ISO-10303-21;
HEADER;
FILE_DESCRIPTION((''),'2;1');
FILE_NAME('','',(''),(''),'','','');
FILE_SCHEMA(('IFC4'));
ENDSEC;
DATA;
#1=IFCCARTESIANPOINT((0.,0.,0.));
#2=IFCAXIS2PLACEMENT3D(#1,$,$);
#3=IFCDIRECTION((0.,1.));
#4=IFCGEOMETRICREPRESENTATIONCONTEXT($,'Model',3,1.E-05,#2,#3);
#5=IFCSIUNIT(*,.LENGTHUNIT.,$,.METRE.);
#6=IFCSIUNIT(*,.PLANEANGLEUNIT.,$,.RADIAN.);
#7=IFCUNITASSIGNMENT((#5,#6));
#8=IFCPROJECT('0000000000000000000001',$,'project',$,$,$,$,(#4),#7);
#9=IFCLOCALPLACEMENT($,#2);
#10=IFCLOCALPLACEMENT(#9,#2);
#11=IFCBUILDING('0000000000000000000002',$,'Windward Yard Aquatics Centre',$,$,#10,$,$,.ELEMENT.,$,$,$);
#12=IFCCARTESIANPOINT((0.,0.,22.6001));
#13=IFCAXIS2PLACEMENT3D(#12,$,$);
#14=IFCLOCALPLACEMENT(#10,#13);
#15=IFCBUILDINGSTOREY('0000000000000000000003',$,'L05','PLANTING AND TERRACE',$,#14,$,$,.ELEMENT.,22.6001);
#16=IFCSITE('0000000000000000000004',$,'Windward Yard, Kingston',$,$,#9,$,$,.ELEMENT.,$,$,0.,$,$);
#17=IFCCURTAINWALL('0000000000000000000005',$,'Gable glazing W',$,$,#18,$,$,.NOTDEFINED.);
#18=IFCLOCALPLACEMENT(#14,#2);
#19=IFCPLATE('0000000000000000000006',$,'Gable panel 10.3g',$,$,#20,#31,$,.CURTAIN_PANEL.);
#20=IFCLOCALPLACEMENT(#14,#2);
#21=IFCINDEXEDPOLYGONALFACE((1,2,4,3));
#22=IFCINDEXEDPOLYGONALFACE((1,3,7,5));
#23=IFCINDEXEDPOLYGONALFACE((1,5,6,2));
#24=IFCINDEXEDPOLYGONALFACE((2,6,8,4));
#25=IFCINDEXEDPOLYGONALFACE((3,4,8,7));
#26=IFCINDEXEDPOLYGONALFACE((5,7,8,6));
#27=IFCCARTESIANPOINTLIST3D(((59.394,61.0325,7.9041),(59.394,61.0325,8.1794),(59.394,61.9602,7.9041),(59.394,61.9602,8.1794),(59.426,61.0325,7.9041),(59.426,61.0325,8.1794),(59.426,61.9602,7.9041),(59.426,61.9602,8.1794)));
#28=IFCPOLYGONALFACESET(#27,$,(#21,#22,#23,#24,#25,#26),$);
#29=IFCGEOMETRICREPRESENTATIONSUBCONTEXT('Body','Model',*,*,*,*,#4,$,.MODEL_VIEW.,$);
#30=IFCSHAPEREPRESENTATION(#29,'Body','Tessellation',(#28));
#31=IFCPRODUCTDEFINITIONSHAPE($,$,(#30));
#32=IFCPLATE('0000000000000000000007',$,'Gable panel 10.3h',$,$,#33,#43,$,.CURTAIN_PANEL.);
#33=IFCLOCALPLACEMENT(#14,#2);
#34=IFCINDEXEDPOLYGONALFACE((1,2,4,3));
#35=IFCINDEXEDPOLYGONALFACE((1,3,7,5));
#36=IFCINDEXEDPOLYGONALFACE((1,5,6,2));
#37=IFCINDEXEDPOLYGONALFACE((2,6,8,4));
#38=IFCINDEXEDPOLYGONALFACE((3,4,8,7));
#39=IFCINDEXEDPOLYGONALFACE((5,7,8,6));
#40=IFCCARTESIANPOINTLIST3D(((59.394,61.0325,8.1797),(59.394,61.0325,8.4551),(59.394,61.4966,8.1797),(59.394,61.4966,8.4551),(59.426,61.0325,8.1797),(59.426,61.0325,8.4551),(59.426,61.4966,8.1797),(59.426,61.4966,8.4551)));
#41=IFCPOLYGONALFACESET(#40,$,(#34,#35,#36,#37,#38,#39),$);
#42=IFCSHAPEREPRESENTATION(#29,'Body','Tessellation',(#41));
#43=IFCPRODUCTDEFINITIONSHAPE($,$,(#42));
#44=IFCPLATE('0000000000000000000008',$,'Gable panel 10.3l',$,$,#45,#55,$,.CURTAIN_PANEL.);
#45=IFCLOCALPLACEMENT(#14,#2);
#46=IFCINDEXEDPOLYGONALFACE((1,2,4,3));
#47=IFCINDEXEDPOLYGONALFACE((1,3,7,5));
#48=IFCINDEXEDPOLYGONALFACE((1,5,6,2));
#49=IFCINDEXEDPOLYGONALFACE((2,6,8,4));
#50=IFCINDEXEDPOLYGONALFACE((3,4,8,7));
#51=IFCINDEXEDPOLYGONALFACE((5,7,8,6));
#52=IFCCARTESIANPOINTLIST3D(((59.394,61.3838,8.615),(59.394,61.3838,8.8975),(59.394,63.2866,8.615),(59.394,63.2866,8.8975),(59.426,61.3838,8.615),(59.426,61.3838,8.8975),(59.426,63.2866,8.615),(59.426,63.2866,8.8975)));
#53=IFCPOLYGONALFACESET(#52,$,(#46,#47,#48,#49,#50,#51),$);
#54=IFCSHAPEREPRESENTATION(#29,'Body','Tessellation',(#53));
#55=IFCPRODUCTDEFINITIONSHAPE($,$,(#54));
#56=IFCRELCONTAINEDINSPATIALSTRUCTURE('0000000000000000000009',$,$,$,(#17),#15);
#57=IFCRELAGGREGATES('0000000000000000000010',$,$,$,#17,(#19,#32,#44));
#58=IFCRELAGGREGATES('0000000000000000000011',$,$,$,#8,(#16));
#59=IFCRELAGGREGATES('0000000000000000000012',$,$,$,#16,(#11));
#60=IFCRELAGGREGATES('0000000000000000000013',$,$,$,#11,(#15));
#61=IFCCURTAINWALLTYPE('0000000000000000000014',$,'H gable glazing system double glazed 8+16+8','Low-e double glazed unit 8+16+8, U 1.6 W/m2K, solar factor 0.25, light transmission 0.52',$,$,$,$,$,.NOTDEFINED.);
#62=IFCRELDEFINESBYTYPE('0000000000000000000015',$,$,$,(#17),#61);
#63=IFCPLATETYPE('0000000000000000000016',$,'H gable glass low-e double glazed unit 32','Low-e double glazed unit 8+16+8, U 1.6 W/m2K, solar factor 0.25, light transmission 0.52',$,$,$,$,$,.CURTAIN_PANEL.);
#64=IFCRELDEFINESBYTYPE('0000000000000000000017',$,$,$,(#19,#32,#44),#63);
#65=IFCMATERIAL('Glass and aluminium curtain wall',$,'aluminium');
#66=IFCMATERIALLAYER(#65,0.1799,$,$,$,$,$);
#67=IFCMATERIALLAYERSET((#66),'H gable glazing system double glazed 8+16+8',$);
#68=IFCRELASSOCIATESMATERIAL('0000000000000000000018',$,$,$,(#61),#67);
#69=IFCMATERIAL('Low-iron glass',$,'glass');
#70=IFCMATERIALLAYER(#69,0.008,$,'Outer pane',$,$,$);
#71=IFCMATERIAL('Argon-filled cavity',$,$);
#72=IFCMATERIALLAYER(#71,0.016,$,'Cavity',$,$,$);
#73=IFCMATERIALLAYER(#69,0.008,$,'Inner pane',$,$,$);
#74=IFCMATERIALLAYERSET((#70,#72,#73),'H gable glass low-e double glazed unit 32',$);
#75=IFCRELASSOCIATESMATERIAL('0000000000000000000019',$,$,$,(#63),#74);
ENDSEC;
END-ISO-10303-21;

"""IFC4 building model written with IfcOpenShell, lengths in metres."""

from ifc_helpers import new_model, si_unit, direction, frame, origin, place, context, subcontext, project, spatial, polyline, outline, extrude, material, layer, layer_set, type_object, element, aggregate, save


model = new_model("IFC4")

# Units and contexts
model_context = context("Model", 3, precision=1e-05, world=origin(), true_north=direction((0.0, 1.0)))
body_context = subcontext(model_context, "Body", "Model", "MODEL_VIEW")
ifc_project = project(units=[si_unit("LENGTHUNIT", "METRE"), si_unit("PLANEANGLEUNIT", "RADIAN")], contexts=[model_context])

# Site, building, storey
site_placement = place(None, origin())
site = spatial("IfcSite", under=ifc_project, at=site_placement, Name="Windward Yard, Kingston", CompositionType="ELEMENT", RefElevation=0.0)
building_placement = place(site_placement, origin())
building = spatial("IfcBuilding", under=site, at=building_placement, Name="Windward Yard Aquatics Centre", CompositionType="ELEMENT")
storey_placement = place(building_placement, frame((0.0, 0.0, 22.6001)))
storey = spatial("IfcBuildingStorey", under=building, at=storey_placement, Name="L05", Description="PLANTING AND TERRACE", CompositionType="ELEMENT", Elevation=22.6001)

# Curtain wall, plates
ifc_material_1 = material(Name="Glass and aluminium curtain wall", Category="aluminium")
ifc_layer_1 = layer(ifc_material_1, 0.1799)
ifc_layer_set_1 = layer_set([ifc_layer_1], Name="H gable glazing system double glazed 8+16+8")
curtain_wall_type = type_object("IfcCurtainWallType", Name="H gable glazing system double glazed 8+16+8", Description="Low-e double glazed unit 8+16+8, U 1.6 W/m2K, solar factor 0.25, light transmission 0.52", PredefinedType="NOTDEFINED", material=ifc_layer_set_1)
curtain_wall_placement = place(storey_placement, origin())
curtain_wall = element("IfcCurtainWall", 1, at=curtain_wall_placement, inside=storey, type_object=curtain_wall_type, Name="Gable glazing W", PredefinedType="NOTDEFINED")
ifc_material_2 = material(Name="Low-iron glass", Category="glass")
ifc_layer_2 = layer(ifc_material_2, 0.008, Name="Outer pane")
ifc_material_3 = material(Name="Argon-filled cavity")
ifc_layer_3 = layer(ifc_material_3, 0.016, Name="Cavity")
ifc_layer_4 = layer(ifc_material_2, 0.008, Name="Inner pane")
ifc_layer_set_2 = layer_set([ifc_layer_2, ifc_layer_3, ifc_layer_4], Name="H gable glass low-e double glazed unit 32")
plate_type = type_object("IfcPlateType", Name="H gable glass low-e double glazed unit 32", Description="Low-e double glazed unit 8+16+8, U 1.6 W/m2K, solar factor 0.25, light transmission 0.52", PredefinedType="CURTAIN_PANEL", material=ifc_layer_set_2)
plate_1_placement = place(storey_placement, frame((59.426, 61.0325, 7.9041), z_axis=(1.0, 0.0, 0.0), x_axis=(0.0, 1.0, 0.0)))
plate_1 = element("IfcPlate", 2, at=plate_1_placement, type_object=plate_type, Name="Gable panel 10.3g", PredefinedType="CURTAIN_PANEL", context=body_context, shape_type="SweptSolid", body=[
    extrude(outline(polyline([(0.0, 0.0), (0.9277, 0.0), (0.9277, 0.2754), (0.0, 0.2754), (0.0, 0.0)])), origin(), (0.0, 0.0, -1.0), 0.032),
])
plate_2_placement = place(storey_placement, frame((59.426, 61.0325, 8.1797), z_axis=(1.0, 0.0, 0.0), x_axis=(0.0, 1.0, 0.0)))
plate_2 = element("IfcPlate", 3, at=plate_2_placement, type_object=plate_type, Name="Gable panel 10.3h", PredefinedType="CURTAIN_PANEL", context=body_context, shape_type="SweptSolid", body=[
    extrude(outline(polyline([(0.0, 0.0), (0.4641, 0.0), (0.4641, 0.2754), (0.0, 0.2754), (0.0, 0.0)])), origin(), (0.0, 0.0, -1.0), 0.032),
])
plate_3_placement = place(storey_placement, frame((59.426, 61.3838, 8.615), z_axis=(1.0, 0.0, 0.0), x_axis=(0.0, 1.0, 0.0)))
plate_3 = element("IfcPlate", 4, at=plate_3_placement, type_object=plate_type, Name="Gable panel 10.3l", PredefinedType="CURTAIN_PANEL", context=body_context, shape_type="SweptSolid", body=[
    extrude(outline(polyline([(0.0, 0.0), (1.9028, 0.0), (1.9028, 0.2825), (0.0, 0.2825), (0.0, 0.0)])), origin(), (0.0, 0.0, -1.0), 0.032),
])
aggregate(curtain_wall, [plate_1, plate_2, plate_3])

save(model, "model.ifc")
